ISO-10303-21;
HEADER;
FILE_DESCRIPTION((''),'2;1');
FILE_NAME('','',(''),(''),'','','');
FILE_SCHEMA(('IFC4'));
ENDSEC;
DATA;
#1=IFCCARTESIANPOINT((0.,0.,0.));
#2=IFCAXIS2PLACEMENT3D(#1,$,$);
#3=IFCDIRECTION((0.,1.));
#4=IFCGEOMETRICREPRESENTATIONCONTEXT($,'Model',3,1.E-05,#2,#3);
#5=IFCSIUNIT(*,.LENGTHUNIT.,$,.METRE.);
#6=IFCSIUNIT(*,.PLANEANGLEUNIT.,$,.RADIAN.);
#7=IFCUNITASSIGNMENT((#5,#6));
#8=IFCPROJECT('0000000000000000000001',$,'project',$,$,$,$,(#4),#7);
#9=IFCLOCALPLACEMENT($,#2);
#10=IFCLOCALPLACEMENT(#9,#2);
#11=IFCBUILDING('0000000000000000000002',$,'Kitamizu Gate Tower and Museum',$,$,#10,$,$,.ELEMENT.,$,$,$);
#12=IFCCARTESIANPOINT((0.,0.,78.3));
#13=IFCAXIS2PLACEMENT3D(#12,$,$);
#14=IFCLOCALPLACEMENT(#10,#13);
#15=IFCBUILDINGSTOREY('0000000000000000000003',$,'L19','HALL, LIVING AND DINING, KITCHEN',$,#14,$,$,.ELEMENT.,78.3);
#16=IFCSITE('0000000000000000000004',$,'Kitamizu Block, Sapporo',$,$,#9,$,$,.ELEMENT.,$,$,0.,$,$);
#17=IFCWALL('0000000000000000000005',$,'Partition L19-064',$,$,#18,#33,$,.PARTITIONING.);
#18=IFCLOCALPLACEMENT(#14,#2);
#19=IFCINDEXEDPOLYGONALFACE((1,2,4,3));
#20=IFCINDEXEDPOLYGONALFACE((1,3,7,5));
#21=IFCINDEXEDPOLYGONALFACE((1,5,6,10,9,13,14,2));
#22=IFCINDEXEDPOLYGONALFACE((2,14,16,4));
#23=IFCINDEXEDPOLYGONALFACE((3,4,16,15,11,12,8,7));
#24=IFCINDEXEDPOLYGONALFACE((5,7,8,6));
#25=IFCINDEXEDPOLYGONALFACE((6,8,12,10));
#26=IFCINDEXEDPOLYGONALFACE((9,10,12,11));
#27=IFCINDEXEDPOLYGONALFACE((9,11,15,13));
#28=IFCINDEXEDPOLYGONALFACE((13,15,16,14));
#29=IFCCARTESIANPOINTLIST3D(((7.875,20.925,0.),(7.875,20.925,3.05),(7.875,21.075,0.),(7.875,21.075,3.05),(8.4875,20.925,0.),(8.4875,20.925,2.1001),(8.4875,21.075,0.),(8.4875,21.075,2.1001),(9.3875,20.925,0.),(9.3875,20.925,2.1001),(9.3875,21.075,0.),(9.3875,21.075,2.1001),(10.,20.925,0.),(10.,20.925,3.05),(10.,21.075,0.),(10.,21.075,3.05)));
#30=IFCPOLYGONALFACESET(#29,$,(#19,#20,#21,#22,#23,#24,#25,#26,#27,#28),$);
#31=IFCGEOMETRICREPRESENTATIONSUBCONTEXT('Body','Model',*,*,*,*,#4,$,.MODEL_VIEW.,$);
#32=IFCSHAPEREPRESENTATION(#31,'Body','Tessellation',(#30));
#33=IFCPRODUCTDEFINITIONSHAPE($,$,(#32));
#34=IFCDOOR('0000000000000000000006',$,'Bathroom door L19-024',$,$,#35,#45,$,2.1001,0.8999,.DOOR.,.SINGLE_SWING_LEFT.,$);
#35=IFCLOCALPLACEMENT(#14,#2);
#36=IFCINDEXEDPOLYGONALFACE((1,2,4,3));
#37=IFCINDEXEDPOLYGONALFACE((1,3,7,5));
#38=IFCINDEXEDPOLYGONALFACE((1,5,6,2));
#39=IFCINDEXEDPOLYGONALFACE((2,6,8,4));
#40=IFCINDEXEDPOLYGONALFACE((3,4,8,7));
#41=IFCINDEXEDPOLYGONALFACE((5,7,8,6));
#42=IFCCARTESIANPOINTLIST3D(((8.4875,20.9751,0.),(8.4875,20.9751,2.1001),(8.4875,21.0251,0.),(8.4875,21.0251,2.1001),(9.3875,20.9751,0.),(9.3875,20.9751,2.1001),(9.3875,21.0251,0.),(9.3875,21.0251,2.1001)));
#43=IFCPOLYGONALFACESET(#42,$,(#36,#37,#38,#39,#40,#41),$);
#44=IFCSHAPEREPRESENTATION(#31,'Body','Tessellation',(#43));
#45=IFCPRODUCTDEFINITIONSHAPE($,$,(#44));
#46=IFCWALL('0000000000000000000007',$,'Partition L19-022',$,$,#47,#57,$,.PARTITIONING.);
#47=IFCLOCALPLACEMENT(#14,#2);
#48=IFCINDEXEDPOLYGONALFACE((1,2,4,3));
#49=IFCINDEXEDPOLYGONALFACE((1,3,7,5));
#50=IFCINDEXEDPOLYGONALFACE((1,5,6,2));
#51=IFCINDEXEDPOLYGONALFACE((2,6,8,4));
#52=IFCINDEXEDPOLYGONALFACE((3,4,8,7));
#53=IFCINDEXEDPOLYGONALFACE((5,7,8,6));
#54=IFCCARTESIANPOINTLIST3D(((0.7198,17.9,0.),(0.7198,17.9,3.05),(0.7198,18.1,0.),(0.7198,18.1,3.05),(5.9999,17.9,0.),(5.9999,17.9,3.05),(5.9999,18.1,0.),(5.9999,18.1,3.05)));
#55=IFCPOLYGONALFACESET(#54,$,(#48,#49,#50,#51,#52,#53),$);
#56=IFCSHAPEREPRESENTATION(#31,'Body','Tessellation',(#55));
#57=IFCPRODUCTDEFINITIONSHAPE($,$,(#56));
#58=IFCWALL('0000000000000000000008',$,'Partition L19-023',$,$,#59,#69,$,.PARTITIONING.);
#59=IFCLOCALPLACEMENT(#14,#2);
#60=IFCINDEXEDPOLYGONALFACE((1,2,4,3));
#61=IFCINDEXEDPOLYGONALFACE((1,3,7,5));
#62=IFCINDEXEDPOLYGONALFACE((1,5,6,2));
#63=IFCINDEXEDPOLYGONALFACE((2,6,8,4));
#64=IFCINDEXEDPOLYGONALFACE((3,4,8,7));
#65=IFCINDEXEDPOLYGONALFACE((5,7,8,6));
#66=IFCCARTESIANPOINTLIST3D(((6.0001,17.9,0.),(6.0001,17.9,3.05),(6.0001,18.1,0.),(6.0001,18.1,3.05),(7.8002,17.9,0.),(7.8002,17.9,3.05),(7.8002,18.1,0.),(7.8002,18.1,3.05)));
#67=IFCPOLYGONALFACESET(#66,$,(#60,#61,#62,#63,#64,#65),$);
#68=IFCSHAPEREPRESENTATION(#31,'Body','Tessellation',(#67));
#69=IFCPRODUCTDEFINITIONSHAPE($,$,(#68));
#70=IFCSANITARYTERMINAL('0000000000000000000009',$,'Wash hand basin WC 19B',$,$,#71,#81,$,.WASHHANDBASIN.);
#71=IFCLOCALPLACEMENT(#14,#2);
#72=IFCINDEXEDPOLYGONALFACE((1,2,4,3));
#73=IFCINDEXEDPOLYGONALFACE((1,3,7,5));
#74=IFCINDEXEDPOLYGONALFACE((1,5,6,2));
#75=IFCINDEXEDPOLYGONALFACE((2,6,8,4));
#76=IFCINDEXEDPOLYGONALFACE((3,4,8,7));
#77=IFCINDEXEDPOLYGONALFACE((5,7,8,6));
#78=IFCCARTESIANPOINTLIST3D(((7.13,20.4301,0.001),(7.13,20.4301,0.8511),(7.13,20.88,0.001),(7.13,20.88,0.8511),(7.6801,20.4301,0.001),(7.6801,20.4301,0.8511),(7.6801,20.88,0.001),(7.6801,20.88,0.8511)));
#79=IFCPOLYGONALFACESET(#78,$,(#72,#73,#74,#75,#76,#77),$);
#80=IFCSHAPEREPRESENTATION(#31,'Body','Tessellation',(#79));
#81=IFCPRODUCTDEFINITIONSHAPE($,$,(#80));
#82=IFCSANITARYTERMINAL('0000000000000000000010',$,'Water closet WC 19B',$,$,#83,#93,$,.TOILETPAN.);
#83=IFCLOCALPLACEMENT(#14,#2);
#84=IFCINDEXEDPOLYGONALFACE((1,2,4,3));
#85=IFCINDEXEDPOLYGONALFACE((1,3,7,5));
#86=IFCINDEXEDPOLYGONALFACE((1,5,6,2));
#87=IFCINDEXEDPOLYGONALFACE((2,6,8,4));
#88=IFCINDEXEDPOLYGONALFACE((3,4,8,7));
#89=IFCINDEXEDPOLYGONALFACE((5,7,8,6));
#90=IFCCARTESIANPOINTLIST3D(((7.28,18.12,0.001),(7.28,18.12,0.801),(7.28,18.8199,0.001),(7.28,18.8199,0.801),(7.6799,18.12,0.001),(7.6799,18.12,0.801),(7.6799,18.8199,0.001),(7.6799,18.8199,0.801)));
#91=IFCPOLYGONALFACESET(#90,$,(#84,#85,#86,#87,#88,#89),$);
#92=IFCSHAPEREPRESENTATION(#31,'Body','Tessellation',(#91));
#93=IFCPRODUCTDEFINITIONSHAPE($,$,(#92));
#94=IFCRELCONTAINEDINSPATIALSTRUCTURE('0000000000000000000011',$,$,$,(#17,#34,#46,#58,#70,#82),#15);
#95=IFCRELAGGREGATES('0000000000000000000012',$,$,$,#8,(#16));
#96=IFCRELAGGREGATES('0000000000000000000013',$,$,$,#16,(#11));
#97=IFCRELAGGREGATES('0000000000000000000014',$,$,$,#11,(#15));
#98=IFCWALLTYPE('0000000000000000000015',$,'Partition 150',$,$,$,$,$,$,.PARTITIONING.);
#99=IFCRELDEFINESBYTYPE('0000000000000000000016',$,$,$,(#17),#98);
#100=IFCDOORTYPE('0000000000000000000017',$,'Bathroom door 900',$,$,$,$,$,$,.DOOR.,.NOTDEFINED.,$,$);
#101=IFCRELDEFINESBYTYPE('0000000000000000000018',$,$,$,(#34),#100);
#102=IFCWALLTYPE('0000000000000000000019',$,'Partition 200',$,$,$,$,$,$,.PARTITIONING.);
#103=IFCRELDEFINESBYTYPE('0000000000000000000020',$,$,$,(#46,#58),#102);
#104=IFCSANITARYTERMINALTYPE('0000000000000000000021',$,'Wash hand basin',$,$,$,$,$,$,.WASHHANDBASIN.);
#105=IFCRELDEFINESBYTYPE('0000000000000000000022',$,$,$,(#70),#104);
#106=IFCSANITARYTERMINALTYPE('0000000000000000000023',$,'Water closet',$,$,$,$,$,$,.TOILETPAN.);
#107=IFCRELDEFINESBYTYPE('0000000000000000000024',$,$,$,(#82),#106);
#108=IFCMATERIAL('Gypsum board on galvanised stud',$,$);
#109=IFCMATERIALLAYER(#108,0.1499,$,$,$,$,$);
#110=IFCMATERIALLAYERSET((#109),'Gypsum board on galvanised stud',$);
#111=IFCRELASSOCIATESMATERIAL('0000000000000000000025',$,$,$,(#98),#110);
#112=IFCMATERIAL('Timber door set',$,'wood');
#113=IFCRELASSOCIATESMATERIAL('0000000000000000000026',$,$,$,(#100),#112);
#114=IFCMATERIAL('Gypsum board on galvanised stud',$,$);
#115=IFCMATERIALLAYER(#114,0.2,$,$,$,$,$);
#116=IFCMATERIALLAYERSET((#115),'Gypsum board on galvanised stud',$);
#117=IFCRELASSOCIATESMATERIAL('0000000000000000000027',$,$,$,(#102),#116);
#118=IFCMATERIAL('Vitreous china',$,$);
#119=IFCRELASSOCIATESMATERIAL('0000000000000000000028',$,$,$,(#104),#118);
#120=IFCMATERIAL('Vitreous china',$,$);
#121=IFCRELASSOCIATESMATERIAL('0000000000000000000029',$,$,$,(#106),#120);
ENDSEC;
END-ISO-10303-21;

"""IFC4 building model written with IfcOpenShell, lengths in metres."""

from ifc_helpers import new_model, si_unit, direction, frame, frame_2d, origin, origin_2d, place, context, subcontext, project, spatial, rectangle, extrude, material, layer, layer_set, type_object, element, fill, save


model = new_model("IFC4")

# Units and contexts
model_context = context("Model", 3, precision=1e-05, world=origin(), true_north=direction((0.0, 1.0)))
body_context = subcontext(model_context, "Body", "Model", "MODEL_VIEW")
ifc_project = project(units=[si_unit("LENGTHUNIT", "METRE"), si_unit("PLANEANGLEUNIT", "RADIAN")], contexts=[model_context])

# Site, building, storey
site_placement = place(None, origin())
site = spatial("IfcSite", under=ifc_project, at=site_placement, Name="Kitamizu Block, Sapporo", CompositionType="ELEMENT", RefElevation=0.0)
building_placement = place(site_placement, origin())
building = spatial("IfcBuilding", under=site, at=building_placement, Name="Kitamizu Gate Tower and Museum", CompositionType="ELEMENT")
storey_placement = place(building_placement, frame((0.0, 0.0, 78.3)))
storey = spatial("IfcBuildingStorey", under=building, at=storey_placement, Name="L19", Description="HALL, LIVING AND DINING, KITCHEN", CompositionType="ELEMENT", Elevation=78.3)

# Shared definitions
ifc_material_1 = material(Name="Gypsum board on galvanised stud")
ifc_layer_1 = layer(ifc_material_1, 0.1499)
ifc_layer_set_1 = layer_set([ifc_layer_1], Name="Gypsum board on galvanised stud")
wall_type_1 = type_object("IfcWallType", Name="Partition 150", PredefinedType="PARTITIONING", material=ifc_layer_set_1)
ifc_material_2 = material(Name="Timber door set", Category="wood")
door_type_1 = type_object("IfcDoorType", Name="Bathroom door 900", OperationType="NOTDEFINED", PredefinedType="DOOR", material=ifc_material_2)

# Wall, opening, door
wall_1_placement = place(storey_placement, frame((10.0, 21.0, 0.0), z_axis=(0.0, 0.0, 1.0), x_axis=(-1.0, 0.0, 0.0)))
wall_1 = element("IfcWall", 1, at=wall_1_placement, inside=storey, type_object=wall_type_1, Name="Partition L19-064", PredefinedType="PARTITIONING", context=body_context, shape_type="SweptSolid", body=[
    extrude(rectangle(XDim=2.125, YDim=0.1499, at=frame_2d((1.0625, 0.0))), origin(), (0.0, 0.0, 1.0), 3.05),
])
opening_1_placement = place(wall_1_placement, frame((0.6125, 0.0, 0.0)))
opening_1 = element("IfcOpeningElement", 2, at=opening_1_placement, cuts=wall_1, PredefinedType="OPENING", context=body_context, shape_type="SweptSolid", body=[
    extrude(rectangle(XDim=0.8999, YDim=2.1001, at=frame_2d((0.45, 1.05))), frame((0.0, 0.085, 0.0), z_axis=(0.0, -1.0, 0.0), x_axis=(1.0, 0.0, 0.0)), (0.0, 0.0, 1.0), 0.1699),
])
door_1_placement = place(opening_1_placement, origin())
door_1 = element("IfcDoor", 3, at=door_1_placement, inside=storey, type_object=door_type_1, Name="Bathroom door L19-024", OperationType="SINGLE_SWING_LEFT", OverallHeight=2.1001, OverallWidth=0.8999, PredefinedType="DOOR", context=body_context, shape_type="SweptSolid", body=[
    extrude(rectangle(XDim=0.8999, YDim=2.1001, at=frame_2d((0.45, 1.05))), frame((0.0, 0.0249, 0.0), z_axis=(0.0, -1.0, 0.0), x_axis=(1.0, 0.0, 0.0)), (0.0, 0.0, 1.0), 0.05),
])
fill(opening_1, door_1)

# Walls
ifc_material_3 = material(Name="Gypsum board on galvanised stud")
ifc_layer_2 = layer(ifc_material_3, 0.2)
ifc_layer_set_2 = layer_set([ifc_layer_2], Name="Gypsum board on galvanised stud")
wall_type_2 = type_object("IfcWallType", Name="Partition 200", PredefinedType="PARTITIONING", material=ifc_layer_set_2)
wall_2_placement = place(storey_placement, frame((6.0, 18.0, 0.0), z_axis=(0.0, 0.0, 1.0), x_axis=(-1.0, 0.0, 0.0)))
element("IfcWall", 4, at=wall_2_placement, inside=storey, type_object=wall_type_2, Name="Partition L19-022", PredefinedType="PARTITIONING", context=body_context, shape_type="SweptSolid", body=[
    extrude(rectangle(XDim=5.28, YDim=0.2, at=frame_2d((2.6401, 0.0))), origin(), (0.0, 0.0, 1.0), 3.05),
])
wall_3_placement = place(storey_placement, frame((7.8, 18.0, 0.0), z_axis=(0.0, 0.0, 1.0), x_axis=(-1.0, 0.0, 0.0)))
element("IfcWall", 5, at=wall_3_placement, inside=storey, type_object=wall_type_2, Name="Partition L19-023", PredefinedType="PARTITIONING", context=body_context, shape_type="SweptSolid", body=[
    extrude(rectangle(XDim=1.8, YDim=0.2, at=frame_2d((0.8999, 0.0))), origin(), (0.0, 0.0, 1.0), 3.05),
])

# Sanitary terminals
ifc_material_4 = material(Name="Vitreous china")
sanitary_terminal_type_1 = type_object("IfcSanitaryTerminalType", Name="Wash hand basin", PredefinedType="WASHHANDBASIN", material=ifc_material_4)
sanitary_terminal_1_placement = place(storey_placement, frame((7.405, 20.655, 0.001), z_axis=(0.0, 0.0, 1.0), x_axis=(1.0, 0.0, 0.0)))
element("IfcSanitaryTerminal", 6, at=sanitary_terminal_1_placement, inside=storey, type_object=sanitary_terminal_type_1, Name="Wash hand basin WC 19B", PredefinedType="WASHHANDBASIN", context=body_context, shape_type="SweptSolid", body=[
    extrude(rectangle(XDim=0.55, YDim=0.45, at=origin_2d()), origin(), (0.0, 0.0, 1.0), 0.8501),
])
ifc_material_5 = material(Name="Vitreous china")
sanitary_terminal_type_2 = type_object("IfcSanitaryTerminalType", Name="Water closet", PredefinedType="TOILETPAN", material=ifc_material_5)
sanitary_terminal_2_placement = place(storey_placement, frame((7.48, 18.47, 0.001), z_axis=(0.0, 0.0, 1.0), x_axis=(1.0, 0.0, 0.0)))
element("IfcSanitaryTerminal", 7, at=sanitary_terminal_2_placement, inside=storey, type_object=sanitary_terminal_type_2, Name="Water closet WC 19B", PredefinedType="TOILETPAN", context=body_context, shape_type="SweptSolid", body=[
    extrude(rectangle(XDim=0.3999, YDim=0.7, at=origin_2d()), origin(), (0.0, 0.0, 1.0), 0.8),
])

save(model, "model.ifc")
